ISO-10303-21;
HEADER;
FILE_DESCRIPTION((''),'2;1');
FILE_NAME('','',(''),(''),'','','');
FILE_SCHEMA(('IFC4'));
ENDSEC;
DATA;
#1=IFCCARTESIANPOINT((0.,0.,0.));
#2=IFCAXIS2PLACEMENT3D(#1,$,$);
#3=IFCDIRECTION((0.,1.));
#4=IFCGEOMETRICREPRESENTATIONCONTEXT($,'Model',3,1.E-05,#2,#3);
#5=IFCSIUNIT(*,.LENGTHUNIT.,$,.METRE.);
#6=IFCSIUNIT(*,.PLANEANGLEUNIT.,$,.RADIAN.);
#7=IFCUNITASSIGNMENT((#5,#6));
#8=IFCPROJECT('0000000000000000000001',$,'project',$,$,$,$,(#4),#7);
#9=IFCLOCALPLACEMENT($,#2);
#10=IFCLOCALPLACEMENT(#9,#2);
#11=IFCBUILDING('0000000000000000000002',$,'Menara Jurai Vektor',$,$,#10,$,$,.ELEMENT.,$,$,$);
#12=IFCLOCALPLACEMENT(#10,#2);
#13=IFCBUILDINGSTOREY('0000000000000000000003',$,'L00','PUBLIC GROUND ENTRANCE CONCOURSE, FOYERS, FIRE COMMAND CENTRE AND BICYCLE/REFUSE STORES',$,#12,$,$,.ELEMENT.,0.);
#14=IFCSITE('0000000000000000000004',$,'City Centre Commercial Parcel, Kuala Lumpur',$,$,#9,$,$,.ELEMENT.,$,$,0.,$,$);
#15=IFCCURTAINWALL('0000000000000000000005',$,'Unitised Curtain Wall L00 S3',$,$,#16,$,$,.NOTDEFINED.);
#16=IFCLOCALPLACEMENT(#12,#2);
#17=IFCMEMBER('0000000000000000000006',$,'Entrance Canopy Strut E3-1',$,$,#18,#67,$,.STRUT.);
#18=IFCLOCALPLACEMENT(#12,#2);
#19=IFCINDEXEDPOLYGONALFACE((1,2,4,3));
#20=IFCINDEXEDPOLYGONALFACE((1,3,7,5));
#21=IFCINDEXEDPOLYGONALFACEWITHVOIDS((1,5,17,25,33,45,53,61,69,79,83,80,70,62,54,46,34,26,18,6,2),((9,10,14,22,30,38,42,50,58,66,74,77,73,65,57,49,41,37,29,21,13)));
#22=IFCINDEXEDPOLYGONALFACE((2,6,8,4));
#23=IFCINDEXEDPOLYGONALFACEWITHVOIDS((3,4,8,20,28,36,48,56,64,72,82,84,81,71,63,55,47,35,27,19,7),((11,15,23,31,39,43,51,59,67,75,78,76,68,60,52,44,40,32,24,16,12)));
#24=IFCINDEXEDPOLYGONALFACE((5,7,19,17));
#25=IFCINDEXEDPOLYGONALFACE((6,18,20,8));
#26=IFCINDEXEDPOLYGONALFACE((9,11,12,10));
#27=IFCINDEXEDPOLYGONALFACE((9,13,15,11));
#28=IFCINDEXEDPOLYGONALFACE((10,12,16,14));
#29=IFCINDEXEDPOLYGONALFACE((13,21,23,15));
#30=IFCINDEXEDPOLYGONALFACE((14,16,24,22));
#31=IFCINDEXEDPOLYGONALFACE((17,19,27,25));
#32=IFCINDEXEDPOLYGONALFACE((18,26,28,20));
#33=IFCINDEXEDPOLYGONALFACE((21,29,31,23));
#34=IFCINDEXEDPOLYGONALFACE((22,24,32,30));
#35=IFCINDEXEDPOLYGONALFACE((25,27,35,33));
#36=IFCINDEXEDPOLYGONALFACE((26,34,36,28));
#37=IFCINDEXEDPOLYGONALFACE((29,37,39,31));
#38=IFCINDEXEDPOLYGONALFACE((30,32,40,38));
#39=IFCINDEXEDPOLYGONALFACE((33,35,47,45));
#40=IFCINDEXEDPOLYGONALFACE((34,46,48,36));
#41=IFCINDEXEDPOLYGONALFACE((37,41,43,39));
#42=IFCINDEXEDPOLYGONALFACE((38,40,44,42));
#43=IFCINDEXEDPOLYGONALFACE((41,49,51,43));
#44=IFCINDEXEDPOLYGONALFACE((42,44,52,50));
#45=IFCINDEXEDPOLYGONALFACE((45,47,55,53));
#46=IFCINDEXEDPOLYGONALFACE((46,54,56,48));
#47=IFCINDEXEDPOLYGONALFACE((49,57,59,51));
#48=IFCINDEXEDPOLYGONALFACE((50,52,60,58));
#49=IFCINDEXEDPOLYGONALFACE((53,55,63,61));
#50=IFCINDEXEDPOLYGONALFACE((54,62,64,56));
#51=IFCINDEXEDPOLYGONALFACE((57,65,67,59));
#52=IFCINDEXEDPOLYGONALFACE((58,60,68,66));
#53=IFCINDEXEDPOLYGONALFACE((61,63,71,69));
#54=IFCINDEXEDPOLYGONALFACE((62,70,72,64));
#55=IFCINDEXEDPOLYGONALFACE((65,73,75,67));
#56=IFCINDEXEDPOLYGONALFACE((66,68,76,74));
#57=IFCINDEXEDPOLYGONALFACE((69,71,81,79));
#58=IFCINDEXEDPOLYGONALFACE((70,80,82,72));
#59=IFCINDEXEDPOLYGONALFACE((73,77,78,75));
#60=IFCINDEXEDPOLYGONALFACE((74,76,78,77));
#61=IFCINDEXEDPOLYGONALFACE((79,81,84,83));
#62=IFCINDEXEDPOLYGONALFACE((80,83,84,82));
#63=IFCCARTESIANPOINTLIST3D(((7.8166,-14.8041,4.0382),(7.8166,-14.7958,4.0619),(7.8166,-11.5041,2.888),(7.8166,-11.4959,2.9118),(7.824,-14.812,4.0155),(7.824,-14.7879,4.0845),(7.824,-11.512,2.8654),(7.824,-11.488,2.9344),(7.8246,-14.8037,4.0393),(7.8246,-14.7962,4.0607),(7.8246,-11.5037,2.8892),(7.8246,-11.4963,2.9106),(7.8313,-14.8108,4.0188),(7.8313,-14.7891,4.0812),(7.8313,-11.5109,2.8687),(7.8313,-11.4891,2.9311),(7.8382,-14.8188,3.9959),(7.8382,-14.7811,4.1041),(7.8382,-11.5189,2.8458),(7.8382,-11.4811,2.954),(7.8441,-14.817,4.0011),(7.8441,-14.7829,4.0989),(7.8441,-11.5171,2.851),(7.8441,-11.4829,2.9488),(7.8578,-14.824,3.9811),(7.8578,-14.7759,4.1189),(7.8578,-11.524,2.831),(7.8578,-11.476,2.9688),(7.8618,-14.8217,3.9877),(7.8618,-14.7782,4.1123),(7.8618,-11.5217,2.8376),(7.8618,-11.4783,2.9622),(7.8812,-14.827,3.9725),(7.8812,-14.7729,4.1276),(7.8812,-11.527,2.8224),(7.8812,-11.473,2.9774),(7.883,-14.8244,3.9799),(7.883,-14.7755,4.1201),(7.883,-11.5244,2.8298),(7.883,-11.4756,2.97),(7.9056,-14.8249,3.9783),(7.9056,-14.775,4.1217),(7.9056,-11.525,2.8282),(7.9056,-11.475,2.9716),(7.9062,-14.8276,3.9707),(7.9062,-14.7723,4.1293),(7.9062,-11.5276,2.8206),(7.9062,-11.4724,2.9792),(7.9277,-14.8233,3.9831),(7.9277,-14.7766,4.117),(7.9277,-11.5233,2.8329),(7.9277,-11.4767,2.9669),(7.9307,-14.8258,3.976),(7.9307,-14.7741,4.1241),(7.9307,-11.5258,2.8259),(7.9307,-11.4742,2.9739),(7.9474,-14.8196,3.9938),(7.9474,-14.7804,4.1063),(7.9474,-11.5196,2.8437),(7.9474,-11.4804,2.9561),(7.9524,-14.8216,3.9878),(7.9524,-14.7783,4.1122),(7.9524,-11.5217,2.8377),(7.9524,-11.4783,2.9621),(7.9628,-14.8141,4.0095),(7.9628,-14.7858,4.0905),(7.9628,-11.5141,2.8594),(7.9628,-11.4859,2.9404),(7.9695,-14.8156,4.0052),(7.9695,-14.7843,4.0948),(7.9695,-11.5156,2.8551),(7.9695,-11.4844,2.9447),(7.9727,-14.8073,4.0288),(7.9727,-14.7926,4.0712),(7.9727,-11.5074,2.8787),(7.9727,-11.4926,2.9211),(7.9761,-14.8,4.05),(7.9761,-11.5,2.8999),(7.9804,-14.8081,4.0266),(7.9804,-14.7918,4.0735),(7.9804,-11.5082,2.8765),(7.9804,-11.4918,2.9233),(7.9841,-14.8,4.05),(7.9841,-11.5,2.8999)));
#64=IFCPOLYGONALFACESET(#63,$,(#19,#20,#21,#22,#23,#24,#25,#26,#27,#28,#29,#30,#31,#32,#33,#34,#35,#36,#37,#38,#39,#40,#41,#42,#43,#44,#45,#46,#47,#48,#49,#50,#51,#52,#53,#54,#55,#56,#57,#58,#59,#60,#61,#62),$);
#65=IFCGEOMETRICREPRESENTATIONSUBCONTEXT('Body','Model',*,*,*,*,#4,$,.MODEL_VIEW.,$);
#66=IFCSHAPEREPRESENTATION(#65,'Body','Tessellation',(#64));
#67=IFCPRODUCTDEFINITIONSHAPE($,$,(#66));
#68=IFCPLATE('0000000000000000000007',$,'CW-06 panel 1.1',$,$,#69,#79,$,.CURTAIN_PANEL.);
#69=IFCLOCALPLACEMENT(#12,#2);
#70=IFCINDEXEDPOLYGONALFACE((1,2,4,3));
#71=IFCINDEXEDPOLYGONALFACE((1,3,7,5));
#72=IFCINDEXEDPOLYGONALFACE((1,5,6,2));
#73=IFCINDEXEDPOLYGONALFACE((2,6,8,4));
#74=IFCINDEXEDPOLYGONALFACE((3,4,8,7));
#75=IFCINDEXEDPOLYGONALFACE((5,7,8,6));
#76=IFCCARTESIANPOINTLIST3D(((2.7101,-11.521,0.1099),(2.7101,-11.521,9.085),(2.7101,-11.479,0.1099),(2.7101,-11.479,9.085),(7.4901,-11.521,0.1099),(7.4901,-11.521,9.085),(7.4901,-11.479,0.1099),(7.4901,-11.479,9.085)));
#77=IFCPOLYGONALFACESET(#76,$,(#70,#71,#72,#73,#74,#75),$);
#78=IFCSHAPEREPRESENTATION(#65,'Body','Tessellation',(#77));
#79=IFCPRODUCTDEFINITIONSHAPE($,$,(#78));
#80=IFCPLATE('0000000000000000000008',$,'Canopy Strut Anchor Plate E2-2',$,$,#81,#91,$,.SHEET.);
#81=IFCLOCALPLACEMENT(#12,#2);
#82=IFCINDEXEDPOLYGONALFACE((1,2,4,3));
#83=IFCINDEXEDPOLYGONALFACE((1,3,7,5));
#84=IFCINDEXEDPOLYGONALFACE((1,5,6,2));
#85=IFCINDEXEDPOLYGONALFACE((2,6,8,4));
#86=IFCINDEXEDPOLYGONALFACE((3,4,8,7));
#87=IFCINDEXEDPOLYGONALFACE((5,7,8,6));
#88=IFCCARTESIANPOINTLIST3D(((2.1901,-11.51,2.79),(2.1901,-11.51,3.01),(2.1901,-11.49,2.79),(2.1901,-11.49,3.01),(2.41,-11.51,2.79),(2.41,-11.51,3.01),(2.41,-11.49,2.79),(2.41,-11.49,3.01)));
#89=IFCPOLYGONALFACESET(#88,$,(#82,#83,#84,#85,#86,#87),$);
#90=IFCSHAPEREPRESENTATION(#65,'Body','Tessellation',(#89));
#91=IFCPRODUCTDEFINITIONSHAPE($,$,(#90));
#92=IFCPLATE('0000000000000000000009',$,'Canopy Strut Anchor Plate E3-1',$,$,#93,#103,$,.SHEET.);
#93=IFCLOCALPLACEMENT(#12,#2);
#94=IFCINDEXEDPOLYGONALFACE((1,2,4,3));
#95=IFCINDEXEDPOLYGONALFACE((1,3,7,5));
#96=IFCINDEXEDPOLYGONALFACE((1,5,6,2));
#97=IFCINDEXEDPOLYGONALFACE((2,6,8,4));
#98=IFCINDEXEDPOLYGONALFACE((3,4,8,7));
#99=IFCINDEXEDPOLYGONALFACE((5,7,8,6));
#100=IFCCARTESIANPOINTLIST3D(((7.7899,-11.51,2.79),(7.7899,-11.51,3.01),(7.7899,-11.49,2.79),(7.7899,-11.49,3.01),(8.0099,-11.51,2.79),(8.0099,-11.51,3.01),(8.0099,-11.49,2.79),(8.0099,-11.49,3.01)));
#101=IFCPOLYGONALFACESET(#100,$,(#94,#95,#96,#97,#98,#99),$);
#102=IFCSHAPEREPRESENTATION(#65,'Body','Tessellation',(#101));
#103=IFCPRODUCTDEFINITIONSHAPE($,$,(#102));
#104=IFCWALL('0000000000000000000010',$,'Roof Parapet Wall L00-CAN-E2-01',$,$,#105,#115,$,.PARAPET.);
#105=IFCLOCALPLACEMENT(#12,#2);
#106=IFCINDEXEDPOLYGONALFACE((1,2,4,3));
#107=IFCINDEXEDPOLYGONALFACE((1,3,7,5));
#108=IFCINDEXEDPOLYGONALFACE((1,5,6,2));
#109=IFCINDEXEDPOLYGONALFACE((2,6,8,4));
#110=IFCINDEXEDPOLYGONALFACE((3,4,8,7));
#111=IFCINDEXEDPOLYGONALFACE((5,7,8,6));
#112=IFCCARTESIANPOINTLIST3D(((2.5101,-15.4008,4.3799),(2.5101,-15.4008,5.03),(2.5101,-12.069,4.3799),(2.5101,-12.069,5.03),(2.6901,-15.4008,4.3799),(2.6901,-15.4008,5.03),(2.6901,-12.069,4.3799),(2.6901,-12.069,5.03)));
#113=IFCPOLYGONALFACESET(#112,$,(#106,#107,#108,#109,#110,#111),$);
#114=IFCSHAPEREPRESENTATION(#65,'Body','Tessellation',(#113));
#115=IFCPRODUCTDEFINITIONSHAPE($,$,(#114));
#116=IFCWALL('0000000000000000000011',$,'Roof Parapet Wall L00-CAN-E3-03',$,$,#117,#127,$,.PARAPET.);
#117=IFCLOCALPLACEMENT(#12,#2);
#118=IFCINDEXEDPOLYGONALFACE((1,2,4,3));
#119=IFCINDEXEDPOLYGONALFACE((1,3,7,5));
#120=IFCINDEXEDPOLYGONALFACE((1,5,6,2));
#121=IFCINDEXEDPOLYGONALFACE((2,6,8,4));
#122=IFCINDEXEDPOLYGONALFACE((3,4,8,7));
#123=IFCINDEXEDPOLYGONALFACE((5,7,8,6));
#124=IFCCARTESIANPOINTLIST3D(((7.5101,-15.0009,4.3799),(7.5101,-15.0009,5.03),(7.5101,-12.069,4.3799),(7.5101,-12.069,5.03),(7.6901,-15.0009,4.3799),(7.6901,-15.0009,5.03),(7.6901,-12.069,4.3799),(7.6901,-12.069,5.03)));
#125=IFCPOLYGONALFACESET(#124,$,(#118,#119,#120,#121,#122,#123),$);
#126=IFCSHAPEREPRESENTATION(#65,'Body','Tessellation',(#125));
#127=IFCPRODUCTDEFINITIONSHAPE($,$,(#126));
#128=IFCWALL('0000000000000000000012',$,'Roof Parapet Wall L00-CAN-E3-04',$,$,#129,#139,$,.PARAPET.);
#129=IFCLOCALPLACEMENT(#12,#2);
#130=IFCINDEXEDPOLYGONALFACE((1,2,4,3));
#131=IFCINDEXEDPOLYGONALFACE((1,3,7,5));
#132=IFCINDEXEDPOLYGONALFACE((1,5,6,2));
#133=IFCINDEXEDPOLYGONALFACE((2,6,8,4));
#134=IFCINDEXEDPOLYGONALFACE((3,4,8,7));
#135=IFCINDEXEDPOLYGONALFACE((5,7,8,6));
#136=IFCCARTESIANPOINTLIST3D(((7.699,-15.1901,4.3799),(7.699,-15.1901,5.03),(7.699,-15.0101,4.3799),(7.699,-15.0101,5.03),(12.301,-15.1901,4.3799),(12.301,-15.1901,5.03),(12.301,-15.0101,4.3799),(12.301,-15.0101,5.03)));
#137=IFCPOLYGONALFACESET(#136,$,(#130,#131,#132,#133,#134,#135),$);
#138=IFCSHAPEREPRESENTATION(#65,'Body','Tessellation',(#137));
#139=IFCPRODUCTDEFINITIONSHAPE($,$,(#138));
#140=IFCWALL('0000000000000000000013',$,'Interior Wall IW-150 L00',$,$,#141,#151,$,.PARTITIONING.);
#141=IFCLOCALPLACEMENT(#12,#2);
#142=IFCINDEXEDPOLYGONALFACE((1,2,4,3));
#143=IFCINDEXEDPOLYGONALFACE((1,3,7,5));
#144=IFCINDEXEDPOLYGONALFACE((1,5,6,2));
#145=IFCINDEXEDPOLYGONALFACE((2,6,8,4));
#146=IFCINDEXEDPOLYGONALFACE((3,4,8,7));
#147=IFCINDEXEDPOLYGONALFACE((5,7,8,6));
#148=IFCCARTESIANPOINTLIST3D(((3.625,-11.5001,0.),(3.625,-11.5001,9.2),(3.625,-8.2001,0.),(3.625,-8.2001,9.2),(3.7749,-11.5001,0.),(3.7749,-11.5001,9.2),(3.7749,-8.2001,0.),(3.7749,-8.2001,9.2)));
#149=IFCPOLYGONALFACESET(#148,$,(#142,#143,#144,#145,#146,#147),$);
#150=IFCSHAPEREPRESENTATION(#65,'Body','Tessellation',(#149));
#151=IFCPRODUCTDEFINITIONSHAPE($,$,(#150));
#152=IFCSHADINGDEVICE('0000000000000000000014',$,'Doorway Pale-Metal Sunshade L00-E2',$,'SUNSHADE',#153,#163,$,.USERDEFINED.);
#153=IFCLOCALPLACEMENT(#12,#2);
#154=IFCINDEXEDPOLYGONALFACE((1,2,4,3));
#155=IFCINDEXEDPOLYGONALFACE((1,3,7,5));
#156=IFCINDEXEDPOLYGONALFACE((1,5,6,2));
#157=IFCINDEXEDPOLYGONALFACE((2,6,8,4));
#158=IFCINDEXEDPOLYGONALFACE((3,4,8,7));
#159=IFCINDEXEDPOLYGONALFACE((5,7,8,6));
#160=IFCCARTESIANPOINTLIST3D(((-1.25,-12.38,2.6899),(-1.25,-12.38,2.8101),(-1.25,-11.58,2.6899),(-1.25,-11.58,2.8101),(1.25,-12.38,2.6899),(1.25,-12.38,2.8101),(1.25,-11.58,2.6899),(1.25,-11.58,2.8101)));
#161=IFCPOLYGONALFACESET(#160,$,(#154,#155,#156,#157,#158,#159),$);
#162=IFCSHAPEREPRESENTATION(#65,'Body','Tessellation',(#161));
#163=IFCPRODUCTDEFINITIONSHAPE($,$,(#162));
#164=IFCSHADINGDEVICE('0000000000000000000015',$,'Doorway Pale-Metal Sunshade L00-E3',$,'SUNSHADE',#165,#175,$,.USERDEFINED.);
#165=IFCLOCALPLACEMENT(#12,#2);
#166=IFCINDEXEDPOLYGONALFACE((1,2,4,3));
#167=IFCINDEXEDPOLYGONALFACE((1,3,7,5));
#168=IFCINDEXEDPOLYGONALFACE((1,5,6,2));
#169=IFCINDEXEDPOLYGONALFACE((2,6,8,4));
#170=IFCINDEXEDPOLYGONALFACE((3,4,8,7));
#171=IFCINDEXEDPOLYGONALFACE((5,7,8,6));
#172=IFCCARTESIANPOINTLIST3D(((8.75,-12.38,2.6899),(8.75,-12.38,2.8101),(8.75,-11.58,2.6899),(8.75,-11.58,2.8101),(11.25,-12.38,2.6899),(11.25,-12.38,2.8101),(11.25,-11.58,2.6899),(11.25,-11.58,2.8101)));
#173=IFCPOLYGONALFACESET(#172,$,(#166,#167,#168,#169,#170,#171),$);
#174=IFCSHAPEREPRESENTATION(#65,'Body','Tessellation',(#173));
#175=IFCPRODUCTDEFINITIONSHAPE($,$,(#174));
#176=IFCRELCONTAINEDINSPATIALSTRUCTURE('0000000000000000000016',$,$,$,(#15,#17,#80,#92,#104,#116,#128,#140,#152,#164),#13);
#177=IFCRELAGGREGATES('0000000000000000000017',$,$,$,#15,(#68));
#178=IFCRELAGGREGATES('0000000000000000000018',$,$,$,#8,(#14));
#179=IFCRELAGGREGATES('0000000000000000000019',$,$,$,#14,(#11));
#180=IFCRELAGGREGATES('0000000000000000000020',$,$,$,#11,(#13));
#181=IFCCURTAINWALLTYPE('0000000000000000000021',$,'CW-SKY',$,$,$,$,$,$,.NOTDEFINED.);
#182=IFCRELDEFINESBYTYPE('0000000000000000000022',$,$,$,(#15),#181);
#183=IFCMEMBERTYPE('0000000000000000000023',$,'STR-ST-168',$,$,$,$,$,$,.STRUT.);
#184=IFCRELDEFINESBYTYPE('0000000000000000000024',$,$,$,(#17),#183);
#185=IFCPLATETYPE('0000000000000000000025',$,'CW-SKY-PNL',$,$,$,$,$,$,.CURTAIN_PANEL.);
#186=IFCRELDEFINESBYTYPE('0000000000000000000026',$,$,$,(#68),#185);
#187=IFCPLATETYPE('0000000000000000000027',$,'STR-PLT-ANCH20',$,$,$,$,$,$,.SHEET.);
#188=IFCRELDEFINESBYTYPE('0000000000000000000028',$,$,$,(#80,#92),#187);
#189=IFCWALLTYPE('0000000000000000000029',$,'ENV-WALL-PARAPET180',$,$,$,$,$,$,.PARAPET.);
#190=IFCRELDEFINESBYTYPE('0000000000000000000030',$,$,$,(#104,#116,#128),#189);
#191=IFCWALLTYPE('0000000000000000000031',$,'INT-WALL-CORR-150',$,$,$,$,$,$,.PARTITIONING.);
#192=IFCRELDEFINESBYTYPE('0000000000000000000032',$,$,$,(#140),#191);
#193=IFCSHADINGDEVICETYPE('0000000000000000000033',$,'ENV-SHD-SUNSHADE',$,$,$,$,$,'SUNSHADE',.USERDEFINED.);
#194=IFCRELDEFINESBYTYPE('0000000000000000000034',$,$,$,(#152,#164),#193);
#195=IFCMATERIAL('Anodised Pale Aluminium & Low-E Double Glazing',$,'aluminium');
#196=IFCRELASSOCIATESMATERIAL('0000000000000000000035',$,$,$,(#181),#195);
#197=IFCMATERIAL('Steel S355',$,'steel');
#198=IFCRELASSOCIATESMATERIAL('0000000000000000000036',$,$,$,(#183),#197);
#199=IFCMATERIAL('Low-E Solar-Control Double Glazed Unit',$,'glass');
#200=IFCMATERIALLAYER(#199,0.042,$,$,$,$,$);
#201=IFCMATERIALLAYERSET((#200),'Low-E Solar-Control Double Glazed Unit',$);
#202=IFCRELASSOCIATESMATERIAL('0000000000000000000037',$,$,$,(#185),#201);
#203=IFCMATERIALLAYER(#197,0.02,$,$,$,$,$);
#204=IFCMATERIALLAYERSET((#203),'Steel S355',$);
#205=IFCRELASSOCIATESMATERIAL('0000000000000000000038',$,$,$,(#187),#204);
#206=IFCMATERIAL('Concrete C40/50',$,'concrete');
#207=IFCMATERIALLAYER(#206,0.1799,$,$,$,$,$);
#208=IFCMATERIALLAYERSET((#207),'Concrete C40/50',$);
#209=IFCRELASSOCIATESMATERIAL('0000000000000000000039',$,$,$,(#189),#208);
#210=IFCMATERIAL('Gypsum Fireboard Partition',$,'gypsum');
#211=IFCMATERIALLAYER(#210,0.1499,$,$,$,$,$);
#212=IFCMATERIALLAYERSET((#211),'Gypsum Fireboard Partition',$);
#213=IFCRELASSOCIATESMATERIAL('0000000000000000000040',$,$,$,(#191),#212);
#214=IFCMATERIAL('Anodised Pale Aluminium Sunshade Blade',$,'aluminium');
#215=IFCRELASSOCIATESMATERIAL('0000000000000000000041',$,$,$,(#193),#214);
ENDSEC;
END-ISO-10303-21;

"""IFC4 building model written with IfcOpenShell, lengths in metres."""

from ifc_helpers import new_model, si_unit, direction, frame, frame_2d, origin, origin_2d, place, context, subcontext, project, spatial, rectangle, hollow_circle, extrude, material, layer, layer_set, material_profile, profile_set, type_object, element, aggregate, save


model = new_model("IFC4")

# Units and contexts
model_context = context("Model", 3, precision=1e-05, world=origin(), true_north=direction((0.0, 1.0)))
body_context = subcontext(model_context, "Body", "Model", "MODEL_VIEW")
ifc_project = project(units=[si_unit("LENGTHUNIT", "METRE"), si_unit("PLANEANGLEUNIT", "RADIAN")], contexts=[model_context])

# Site, building, storey
site_placement = place(None, origin())
site = spatial("IfcSite", under=ifc_project, at=site_placement, Name="City Centre Commercial Parcel, Kuala Lumpur", CompositionType="ELEMENT", RefElevation=0.0)
building_placement = place(site_placement, origin())
building = spatial("IfcBuilding", under=site, at=building_placement, Name="Menara Jurai Vektor", CompositionType="ELEMENT")
storey_placement = place(building_placement, origin())
storey = spatial("IfcBuildingStorey", under=building, at=storey_placement, Name="L00", Description="PUBLIC GROUND ENTRANCE CONCOURSE, FOYERS, FIRE COMMAND CENTRE AND BICYCLE/REFUSE STORES", CompositionType="ELEMENT", Elevation=0.0)

# Shared definitions
ifc_material_1 = material(Name="Steel S355", Category="steel")

# Curtain wall
ifc_material_2 = material(Name="Anodised Pale Aluminium & Low-E Double Glazing", Category="aluminium")
curtain_wall_type = type_object("IfcCurtainWallType", Name="CW-SKY", PredefinedType="NOTDEFINED", material=ifc_material_2)
curtain_wall_placement = place(storey_placement, origin())
curtain_wall = element("IfcCurtainWall", 1, at=curtain_wall_placement, inside=storey, type_object=curtain_wall_type, Name="Unitised Curtain Wall L00 S3", PredefinedType="NOTDEFINED")

# Member
ifc_material_profile_1 = material_profile(ifc_material_1, hollow_circle(Radius=0.0842, WallThickness=0.0081, at=origin_2d()), Name="CHS 168.3x8")
ifc_profile_set_1 = profile_set([ifc_material_profile_1], Name="Steel S355")
member_type_1 = type_object("IfcMemberType", Name="STR-ST-168", PredefinedType="STRUT", material=ifc_profile_set_1)
member_1_placement = place(storey_placement, frame((7.8999, -11.5, 2.8999), z_axis=(0.0, -0.944292, 0.329109), x_axis=(1.0, 0.0, 0.0)))
element("IfcMember", 2, at=member_1_placement, inside=storey, type_object=member_type_1, Name="Entrance Canopy Strut E3-1", PredefinedType="STRUT", context=body_context, shape_type="SweptSolid", body=[
    extrude(hollow_circle(Radius=0.0842, WallThickness=0.0081, at=origin_2d()), origin(), (0.0, 0.0, 1.0), 3.4946),
])

# Plate
ifc_material_3 = material(Name="Low-E Solar-Control Double Glazed Unit", Category="glass")
ifc_layer_1 = layer(ifc_material_3, 0.042)
ifc_layer_set_1 = layer_set([ifc_layer_1], Name="Low-E Solar-Control Double Glazed Unit")
plate_type_1 = type_object("IfcPlateType", Name="CW-SKY-PNL", PredefinedType="CURTAIN_PANEL", material=ifc_layer_set_1)
plate_placement = place(storey_placement, frame((5.1001, -11.5, 0.1099), z_axis=(0.0, 0.0, 1.0), x_axis=(1.0, 0.0, 0.0)))
plate = element("IfcPlate", 3, at=plate_placement, type_object=plate_type_1, Name="CW-06 panel 1.1", PredefinedType="CURTAIN_PANEL", context=body_context, shape_type="SweptSolid", body=[
    extrude(rectangle(XDim=4.78, YDim=0.042, at=origin_2d()), origin(), (0.0, 0.0, 1.0), 8.9751),
])
aggregate(curtain_wall, [plate])

# Plates
ifc_layer_2 = layer(ifc_material_1, 0.02)
ifc_layer_set_2 = layer_set([ifc_layer_2], Name="Steel S355")
plate_type_2 = type_object("IfcPlateType", Name="STR-PLT-ANCH20", PredefinedType="SHEET", material=ifc_layer_set_2)
for number, where, z_axis, x_axis, name in (
    (4, (2.3, -11.5, 2.79), (0.0, 0.0, 1.0), (1.0, 0.0, 0.0), "Canopy Strut Anchor Plate E2-2"),
    (5, (7.8999, -11.5, 2.79), (0.0, 0.0, 1.0), (1.0, 0.0, 0.0), "Canopy Strut Anchor Plate E3-1"),
):
    element("IfcPlate", number, at=place(storey_placement, frame(where, z_axis=z_axis, x_axis=x_axis)), inside=storey, type_object=plate_type_2, Name=name, PredefinedType="SHEET", context=body_context, shape_type="SweptSolid", body=[
        extrude(rectangle(XDim=0.22, YDim=0.02, at=origin_2d()), origin(), (0.0, 0.0, 1.0), 0.22),
    ])

# Walls
ifc_material_4 = material(Name="Concrete C40/50", Category="concrete")
ifc_layer_3 = layer(ifc_material_4, 0.1799)
ifc_layer_set_3 = layer_set([ifc_layer_3], Name="Concrete C40/50")
wall_type_1 = type_object("IfcWallType", Name="ENV-WALL-PARAPET180", PredefinedType="PARAPET", material=ifc_layer_set_3)
wall_1_placement = place(storey_placement, frame((2.6001, -15.4009, 4.3799), z_axis=(0.0, 0.0, 1.0), x_axis=(0.0, 1.0, 0.0)))
element("IfcWall", 6, at=wall_1_placement, inside=storey, type_object=wall_type_1, Name="Roof Parapet Wall L00-CAN-E2-01", PredefinedType="PARAPET", context=body_context, shape_type="SweptSolid", body=[
    extrude(rectangle(XDim=3.3318, YDim=0.1799, at=frame_2d((1.666, 0.0))), origin(), (0.0, 0.0, 1.0), 0.6501),
])
wall_2_placement = place(storey_placement, frame((7.6001, -12.0691, 4.3799), z_axis=(0.0, 0.0, 1.0), x_axis=(0.0, -1.0, 0.0)))
element("IfcWall", 7, at=wall_2_placement, inside=storey, type_object=wall_type_1, Name="Roof Parapet Wall L00-CAN-E3-03", PredefinedType="PARAPET", context=body_context, shape_type="SweptSolid", body=[
    extrude(rectangle(XDim=2.9319, YDim=0.1799, at=frame_2d((1.4658, 0.0))), origin(), (0.0, 0.0, 1.0), 0.6501),
])
wall_3_placement = place(storey_placement, frame((7.699, -15.1001, 4.3799), z_axis=(0.0, 0.0, 1.0), x_axis=(1.0, 0.0, 0.0)))
element("IfcWall", 8, at=wall_3_placement, inside=storey, type_object=wall_type_1, Name="Roof Parapet Wall L00-CAN-E3-04", PredefinedType="PARAPET", context=body_context, shape_type="SweptSolid", body=[
    extrude(rectangle(XDim=4.6021, YDim=0.1799, at=frame_2d((2.301, 0.0))), origin(), (0.0, 0.0, 1.0), 0.6501),
])
ifc_material_5 = material(Name="Gypsum Fireboard Partition", Category="gypsum")
ifc_layer_4 = layer(ifc_material_5, 0.1499)
ifc_layer_set_4 = layer_set([ifc_layer_4], Name="Gypsum Fireboard Partition")
wall_type_2 = type_object("IfcWallType", Name="INT-WALL-CORR-150", PredefinedType="PARTITIONING", material=ifc_layer_set_4)
wall_4_placement = place(storey_placement, frame((3.7, -11.5, 0.0), z_axis=(0.0, 0.0, 1.0), x_axis=(0.0, 1.0, 0.0)))
element("IfcWall", 9, at=wall_4_placement, inside=storey, type_object=wall_type_2, Name="Interior Wall IW-150 L00", PredefinedType="PARTITIONING", context=body_context, shape_type="SweptSolid", body=[
    extrude(rectangle(XDim=3.3, YDim=0.1499, at=frame_2d((1.6499, 0.0))), origin(), (0.0, 0.0, 1.0), 9.2),
])

# Shading devices
ifc_material_6 = material(Name="Anodised Pale Aluminium Sunshade Blade", Category="aluminium")
shading_device_type = type_object("IfcShadingDeviceType", Name="ENV-SHD-SUNSHADE", ElementType="SUNSHADE", PredefinedType="USERDEFINED", material=ifc_material_6)
for number, where, z_axis, x_axis, name in (
    (10, (0.0, -11.98, 2.6899), (0.0, 0.0, 1.0), (1.0, 0.0, 0.0), "Doorway Pale-Metal Sunshade L00-E2"),
    (11, (10.0, -11.98, 2.6899), (0.0, 0.0, 1.0), (1.0, 0.0, 0.0), "Doorway Pale-Metal Sunshade L00-E3"),
):
    element("IfcShadingDevice", number, at=place(storey_placement, frame(where, z_axis=z_axis, x_axis=x_axis)), inside=storey, type_object=shading_device_type, Name=name, ObjectType="SUNSHADE", PredefinedType="USERDEFINED", context=body_context, shape_type="SweptSolid", body=[
        extrude(rectangle(XDim=2.5, YDim=0.8, at=origin_2d()), origin(), (0.0, 0.0, 1.0), 0.1201),
    ])

save(model, "model.ifc")
